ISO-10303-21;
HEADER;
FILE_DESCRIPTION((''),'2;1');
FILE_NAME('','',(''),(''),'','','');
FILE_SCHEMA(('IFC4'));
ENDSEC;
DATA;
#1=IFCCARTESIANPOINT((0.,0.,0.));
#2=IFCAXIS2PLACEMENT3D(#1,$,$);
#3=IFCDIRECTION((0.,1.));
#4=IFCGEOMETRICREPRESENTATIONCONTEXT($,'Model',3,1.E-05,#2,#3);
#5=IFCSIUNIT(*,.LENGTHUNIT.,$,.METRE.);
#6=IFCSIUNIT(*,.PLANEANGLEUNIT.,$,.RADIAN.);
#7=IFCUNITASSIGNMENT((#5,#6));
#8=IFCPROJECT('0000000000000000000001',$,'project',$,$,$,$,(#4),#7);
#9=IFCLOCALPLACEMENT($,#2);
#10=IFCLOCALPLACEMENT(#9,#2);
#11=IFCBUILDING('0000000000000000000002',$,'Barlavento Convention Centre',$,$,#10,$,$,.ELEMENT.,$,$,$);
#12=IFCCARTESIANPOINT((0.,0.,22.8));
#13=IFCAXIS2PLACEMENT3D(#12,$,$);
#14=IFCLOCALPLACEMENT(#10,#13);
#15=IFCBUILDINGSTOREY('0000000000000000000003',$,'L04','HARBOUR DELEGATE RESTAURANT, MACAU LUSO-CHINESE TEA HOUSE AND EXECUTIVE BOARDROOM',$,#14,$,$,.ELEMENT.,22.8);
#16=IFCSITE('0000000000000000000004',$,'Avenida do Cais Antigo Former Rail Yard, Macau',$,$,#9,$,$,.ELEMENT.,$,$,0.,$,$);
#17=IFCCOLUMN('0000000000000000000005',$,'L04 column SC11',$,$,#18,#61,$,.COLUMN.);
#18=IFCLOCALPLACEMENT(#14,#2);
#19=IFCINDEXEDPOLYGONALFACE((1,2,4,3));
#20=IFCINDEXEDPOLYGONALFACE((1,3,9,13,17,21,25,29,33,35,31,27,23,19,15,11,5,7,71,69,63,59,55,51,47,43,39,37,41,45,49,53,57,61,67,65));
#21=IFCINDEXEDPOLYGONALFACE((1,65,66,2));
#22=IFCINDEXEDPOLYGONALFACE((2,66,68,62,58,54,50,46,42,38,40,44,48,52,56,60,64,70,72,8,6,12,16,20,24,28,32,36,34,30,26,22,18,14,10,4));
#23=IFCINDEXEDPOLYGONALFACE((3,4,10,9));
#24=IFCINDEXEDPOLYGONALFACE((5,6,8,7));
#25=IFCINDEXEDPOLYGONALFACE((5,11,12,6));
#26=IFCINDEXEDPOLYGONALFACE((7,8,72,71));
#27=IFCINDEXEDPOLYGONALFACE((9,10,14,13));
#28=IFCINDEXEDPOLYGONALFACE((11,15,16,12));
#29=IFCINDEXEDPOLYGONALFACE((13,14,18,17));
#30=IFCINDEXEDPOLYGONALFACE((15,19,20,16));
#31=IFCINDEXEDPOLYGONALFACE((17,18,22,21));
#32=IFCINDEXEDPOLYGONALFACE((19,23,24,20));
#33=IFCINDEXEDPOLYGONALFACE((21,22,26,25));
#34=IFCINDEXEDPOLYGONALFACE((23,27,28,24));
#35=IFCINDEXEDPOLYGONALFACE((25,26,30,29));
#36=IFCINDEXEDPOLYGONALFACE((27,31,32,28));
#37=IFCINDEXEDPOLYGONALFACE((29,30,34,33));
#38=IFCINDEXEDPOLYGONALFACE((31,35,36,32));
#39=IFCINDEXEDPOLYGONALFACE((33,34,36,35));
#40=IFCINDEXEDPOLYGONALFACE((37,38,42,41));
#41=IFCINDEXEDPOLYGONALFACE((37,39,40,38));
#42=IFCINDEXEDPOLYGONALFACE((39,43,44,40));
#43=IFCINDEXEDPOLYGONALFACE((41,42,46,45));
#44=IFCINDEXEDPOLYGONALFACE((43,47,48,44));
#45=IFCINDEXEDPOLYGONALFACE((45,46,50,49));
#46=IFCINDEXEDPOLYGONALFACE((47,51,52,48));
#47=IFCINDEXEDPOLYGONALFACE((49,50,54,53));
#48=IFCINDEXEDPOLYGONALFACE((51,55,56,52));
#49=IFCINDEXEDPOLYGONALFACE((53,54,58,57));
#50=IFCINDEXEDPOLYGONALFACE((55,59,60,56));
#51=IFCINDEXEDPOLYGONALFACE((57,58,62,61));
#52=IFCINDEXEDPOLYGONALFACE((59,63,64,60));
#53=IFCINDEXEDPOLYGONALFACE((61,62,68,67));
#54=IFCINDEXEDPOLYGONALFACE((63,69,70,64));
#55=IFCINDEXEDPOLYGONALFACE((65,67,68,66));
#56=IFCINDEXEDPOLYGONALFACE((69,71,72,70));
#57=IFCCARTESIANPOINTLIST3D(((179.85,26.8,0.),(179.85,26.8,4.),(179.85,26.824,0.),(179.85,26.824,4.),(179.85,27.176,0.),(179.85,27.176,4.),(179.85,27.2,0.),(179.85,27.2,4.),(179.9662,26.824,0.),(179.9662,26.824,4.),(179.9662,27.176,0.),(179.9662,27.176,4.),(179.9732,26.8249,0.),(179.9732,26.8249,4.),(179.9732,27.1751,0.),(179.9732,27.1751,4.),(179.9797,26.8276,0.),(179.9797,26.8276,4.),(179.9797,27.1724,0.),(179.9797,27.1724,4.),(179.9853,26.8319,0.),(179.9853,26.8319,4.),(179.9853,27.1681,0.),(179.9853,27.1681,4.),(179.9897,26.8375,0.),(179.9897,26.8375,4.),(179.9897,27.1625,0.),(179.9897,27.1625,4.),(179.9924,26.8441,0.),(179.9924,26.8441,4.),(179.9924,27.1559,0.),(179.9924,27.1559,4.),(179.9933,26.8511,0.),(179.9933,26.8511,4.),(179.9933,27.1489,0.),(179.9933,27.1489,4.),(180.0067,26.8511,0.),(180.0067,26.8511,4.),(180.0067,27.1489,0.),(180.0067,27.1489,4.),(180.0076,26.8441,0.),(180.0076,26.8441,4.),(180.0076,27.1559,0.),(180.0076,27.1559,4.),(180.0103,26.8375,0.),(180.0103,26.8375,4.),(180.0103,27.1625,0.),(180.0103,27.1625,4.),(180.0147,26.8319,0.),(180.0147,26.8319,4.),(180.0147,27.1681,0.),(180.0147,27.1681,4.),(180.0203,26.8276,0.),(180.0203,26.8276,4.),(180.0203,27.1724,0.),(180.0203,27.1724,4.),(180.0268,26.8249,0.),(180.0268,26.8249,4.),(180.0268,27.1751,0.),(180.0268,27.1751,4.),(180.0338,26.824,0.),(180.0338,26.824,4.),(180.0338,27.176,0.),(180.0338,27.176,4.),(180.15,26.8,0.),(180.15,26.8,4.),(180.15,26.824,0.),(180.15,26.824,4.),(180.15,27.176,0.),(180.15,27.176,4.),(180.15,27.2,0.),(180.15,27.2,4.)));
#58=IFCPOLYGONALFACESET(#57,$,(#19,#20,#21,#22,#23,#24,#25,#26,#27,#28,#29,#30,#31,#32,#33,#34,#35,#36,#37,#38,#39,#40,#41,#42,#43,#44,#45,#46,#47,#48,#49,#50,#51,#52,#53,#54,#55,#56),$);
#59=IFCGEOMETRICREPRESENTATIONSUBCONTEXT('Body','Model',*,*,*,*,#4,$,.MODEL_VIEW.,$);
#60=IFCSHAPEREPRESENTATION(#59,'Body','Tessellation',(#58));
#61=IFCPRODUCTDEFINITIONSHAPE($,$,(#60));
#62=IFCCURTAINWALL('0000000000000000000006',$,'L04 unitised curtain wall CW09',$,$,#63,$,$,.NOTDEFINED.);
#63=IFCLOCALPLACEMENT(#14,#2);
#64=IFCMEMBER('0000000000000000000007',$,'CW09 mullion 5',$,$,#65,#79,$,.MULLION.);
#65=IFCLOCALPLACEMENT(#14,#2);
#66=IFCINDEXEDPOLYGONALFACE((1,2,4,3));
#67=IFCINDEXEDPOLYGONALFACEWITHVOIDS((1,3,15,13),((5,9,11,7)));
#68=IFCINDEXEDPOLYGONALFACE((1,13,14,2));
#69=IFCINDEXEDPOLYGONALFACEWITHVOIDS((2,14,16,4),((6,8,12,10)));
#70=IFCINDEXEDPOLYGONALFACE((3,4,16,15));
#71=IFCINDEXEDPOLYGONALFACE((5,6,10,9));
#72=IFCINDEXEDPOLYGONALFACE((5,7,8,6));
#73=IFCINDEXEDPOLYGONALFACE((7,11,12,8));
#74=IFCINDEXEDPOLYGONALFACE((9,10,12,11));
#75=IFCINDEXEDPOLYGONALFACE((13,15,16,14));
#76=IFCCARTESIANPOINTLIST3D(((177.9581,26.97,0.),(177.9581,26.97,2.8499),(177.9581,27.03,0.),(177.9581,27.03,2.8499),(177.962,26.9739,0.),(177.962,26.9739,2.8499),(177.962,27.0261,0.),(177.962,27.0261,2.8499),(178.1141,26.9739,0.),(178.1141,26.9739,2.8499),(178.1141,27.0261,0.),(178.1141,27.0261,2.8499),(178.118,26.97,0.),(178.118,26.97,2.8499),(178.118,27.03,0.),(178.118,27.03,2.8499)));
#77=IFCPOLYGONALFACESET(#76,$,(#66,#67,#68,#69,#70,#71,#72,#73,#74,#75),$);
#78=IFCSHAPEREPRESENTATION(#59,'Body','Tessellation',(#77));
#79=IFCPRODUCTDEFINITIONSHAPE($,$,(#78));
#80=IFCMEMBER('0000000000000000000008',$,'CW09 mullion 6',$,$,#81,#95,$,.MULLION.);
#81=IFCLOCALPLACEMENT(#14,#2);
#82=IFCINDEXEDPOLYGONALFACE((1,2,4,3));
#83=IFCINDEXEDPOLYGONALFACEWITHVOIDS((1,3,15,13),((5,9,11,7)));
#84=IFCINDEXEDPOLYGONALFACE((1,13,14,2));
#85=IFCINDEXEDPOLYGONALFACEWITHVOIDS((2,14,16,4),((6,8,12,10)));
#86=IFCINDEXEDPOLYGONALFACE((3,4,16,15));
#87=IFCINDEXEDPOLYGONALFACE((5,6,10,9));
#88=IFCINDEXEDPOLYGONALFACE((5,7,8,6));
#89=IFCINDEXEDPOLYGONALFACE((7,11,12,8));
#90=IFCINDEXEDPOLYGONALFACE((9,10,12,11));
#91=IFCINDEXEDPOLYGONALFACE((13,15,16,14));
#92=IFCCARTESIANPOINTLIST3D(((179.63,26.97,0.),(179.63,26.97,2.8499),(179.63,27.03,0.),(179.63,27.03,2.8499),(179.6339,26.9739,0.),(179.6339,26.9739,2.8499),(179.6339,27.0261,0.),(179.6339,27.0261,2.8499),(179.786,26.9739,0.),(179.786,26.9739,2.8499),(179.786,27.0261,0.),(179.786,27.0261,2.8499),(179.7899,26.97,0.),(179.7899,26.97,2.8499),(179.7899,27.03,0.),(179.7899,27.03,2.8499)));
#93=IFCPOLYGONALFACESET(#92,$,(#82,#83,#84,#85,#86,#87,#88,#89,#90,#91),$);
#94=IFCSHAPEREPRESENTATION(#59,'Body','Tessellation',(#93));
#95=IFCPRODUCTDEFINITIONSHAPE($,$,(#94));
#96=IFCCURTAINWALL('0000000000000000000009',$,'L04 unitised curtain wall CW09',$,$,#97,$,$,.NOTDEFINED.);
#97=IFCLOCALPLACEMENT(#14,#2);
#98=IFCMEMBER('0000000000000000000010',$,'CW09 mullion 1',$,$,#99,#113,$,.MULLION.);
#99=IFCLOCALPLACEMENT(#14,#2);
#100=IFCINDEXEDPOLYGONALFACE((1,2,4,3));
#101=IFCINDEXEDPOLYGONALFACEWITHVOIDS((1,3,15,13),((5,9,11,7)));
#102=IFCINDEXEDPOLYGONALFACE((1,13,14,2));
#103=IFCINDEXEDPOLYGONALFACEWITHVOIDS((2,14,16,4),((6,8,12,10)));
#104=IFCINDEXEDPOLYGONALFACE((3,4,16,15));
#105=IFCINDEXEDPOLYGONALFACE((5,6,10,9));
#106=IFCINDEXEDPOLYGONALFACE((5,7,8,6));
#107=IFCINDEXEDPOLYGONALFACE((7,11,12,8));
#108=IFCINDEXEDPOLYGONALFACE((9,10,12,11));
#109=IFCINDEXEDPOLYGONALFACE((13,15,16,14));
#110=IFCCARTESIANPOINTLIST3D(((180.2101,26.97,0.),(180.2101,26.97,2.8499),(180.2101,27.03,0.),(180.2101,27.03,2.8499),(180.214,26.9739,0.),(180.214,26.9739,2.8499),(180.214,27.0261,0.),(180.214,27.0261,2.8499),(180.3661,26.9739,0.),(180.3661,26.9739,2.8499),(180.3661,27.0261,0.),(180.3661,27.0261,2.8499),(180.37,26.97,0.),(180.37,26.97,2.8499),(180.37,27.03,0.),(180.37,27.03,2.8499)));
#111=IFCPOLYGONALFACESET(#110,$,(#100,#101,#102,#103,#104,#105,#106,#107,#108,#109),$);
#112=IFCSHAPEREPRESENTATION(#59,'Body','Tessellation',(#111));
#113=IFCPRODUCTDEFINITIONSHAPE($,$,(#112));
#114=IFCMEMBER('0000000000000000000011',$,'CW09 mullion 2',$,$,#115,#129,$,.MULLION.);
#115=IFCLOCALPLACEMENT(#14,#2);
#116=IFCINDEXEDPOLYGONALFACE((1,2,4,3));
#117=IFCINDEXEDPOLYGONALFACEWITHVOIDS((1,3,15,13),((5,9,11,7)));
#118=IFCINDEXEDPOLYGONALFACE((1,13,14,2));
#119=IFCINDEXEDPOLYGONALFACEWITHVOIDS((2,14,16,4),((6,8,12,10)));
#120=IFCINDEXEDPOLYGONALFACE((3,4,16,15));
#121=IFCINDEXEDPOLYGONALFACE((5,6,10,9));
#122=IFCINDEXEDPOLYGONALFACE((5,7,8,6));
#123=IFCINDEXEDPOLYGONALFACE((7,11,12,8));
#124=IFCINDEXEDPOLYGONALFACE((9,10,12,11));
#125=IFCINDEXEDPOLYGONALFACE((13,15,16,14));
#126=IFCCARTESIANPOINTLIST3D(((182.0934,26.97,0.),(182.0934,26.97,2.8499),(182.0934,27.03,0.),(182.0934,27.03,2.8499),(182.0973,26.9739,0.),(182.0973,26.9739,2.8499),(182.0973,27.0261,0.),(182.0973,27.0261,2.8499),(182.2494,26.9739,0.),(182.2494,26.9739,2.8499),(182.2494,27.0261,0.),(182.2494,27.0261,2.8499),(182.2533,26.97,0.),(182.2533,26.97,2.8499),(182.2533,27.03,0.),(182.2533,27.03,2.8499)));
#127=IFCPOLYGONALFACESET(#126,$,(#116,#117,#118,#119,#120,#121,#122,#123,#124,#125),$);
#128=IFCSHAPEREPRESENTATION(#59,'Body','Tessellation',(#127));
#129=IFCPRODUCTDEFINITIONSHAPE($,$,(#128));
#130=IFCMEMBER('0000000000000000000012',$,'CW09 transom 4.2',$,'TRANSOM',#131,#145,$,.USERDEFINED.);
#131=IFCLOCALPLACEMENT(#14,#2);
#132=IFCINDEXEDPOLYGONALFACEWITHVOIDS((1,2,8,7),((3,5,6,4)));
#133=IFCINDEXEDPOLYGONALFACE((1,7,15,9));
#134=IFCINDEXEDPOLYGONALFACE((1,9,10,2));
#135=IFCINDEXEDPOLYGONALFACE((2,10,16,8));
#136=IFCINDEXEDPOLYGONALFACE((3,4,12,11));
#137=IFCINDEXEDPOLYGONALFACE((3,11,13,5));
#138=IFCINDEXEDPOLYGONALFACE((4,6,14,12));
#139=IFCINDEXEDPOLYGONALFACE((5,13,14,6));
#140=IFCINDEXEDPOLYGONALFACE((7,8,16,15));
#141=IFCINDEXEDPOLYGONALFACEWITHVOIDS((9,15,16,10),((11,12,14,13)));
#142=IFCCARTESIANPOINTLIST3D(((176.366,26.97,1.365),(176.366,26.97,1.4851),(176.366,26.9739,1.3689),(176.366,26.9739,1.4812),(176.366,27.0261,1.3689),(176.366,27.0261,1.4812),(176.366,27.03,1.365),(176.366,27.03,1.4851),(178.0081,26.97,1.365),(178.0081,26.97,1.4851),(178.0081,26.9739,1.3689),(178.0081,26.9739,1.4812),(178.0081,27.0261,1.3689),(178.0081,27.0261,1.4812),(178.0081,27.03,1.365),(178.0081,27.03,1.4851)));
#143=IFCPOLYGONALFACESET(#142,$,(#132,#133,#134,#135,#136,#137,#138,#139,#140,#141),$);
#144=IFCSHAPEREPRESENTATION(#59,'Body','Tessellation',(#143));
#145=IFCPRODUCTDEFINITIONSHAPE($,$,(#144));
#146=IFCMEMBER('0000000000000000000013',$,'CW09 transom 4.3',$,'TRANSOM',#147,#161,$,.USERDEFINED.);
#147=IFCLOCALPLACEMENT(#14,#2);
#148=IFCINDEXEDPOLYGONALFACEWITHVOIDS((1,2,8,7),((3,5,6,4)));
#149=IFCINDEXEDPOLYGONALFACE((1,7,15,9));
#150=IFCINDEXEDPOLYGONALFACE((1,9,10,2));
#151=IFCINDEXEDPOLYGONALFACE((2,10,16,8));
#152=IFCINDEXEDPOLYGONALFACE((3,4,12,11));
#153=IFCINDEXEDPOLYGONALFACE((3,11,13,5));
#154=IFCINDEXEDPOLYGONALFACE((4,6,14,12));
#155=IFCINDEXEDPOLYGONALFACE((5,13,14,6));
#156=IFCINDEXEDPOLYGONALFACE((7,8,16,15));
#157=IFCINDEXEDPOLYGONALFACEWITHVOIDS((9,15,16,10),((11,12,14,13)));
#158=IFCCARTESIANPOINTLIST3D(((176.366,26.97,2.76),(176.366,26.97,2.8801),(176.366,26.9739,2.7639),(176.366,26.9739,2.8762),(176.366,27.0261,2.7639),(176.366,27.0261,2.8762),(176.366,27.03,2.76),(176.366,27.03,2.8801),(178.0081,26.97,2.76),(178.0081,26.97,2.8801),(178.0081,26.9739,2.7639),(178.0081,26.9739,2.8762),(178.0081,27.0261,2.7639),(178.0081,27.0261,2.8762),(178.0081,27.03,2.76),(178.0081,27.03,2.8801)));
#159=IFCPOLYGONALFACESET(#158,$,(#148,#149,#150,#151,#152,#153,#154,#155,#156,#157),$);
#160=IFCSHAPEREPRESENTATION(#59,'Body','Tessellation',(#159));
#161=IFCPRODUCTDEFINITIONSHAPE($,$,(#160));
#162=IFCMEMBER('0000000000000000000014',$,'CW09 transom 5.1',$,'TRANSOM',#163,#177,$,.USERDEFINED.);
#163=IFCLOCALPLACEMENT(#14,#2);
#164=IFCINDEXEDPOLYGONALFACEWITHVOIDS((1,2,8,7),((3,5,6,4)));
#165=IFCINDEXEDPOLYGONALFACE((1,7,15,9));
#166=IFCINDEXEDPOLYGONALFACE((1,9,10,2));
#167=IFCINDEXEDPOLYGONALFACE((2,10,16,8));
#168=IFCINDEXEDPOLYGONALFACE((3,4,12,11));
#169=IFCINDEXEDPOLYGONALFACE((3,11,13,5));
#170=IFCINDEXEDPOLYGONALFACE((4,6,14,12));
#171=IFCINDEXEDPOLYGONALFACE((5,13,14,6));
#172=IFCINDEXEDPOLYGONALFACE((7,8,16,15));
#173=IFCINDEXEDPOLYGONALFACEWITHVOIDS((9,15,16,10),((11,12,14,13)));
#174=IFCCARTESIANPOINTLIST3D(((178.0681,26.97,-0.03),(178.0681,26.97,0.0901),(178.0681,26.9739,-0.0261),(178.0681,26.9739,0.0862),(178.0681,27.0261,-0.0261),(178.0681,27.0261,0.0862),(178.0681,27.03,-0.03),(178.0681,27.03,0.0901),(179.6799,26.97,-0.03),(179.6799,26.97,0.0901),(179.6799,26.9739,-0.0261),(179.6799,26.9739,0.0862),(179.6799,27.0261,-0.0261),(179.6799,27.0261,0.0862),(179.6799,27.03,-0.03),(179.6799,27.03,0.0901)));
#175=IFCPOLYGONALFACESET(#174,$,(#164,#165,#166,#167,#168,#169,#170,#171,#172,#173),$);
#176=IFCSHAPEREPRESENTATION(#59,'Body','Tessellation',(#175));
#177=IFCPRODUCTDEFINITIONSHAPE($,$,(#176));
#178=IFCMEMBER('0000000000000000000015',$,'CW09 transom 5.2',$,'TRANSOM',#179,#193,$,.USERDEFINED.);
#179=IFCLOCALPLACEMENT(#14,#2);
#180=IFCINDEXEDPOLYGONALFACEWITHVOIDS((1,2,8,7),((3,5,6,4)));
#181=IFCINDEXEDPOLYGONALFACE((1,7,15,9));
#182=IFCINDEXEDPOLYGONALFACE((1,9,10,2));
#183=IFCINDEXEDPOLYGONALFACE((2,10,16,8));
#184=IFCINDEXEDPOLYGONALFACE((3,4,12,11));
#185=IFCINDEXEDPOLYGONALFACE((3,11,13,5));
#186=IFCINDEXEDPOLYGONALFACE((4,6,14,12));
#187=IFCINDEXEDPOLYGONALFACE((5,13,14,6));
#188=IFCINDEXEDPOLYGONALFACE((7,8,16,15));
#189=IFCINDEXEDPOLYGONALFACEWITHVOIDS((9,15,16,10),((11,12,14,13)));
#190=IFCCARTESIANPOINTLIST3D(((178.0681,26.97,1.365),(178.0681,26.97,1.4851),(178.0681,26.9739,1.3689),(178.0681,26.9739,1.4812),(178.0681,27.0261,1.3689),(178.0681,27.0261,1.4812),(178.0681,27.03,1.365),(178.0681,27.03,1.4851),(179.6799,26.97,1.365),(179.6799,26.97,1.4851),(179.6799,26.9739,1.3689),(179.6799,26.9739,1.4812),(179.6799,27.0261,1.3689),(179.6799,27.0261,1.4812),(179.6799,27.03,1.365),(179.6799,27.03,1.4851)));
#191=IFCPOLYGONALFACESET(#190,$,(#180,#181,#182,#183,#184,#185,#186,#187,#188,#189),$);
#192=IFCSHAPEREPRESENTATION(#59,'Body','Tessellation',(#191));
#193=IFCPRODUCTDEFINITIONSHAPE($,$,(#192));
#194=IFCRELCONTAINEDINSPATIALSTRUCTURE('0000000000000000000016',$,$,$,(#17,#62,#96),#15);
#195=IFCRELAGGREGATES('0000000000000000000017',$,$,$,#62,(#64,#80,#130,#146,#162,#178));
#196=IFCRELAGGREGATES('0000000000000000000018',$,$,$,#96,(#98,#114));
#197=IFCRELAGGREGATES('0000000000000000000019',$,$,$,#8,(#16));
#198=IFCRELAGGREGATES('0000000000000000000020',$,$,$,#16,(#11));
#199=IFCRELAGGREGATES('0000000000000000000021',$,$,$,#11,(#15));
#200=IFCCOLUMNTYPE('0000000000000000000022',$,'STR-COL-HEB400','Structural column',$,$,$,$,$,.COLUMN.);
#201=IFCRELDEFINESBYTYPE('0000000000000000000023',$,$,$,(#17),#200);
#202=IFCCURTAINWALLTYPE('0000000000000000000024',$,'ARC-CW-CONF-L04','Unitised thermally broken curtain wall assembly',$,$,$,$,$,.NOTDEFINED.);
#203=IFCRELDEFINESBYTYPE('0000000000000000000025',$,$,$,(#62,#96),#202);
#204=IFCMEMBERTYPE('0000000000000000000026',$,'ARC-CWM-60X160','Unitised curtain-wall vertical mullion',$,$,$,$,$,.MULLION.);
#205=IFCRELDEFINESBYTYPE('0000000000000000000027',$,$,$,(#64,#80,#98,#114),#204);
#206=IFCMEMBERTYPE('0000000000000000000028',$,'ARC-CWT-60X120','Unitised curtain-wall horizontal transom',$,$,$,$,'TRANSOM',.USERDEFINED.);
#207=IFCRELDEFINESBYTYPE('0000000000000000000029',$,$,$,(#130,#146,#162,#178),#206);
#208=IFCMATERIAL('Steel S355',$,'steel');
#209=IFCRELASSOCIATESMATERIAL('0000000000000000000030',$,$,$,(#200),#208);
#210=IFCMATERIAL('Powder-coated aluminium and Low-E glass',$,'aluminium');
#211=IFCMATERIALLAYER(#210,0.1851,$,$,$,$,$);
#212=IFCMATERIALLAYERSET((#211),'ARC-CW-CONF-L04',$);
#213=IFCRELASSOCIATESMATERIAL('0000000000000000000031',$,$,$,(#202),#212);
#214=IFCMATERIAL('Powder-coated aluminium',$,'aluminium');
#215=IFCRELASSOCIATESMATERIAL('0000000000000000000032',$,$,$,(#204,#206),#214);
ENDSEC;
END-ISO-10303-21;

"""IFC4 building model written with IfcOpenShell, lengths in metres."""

from ifc_helpers import new_model, si_unit, direction, frame, origin, origin_2d, place, context, subcontext, project, spatial, hollow_rectangle, i_section, extrude, material, layer, layer_set, material_profile, profile_set, type_object, element, aggregate, save


model = new_model("IFC4")

# Units and contexts
model_context = context("Model", 3, precision=1e-05, world=origin(), true_north=direction((0.0, 1.0)))
body_context = subcontext(model_context, "Body", "Model", "MODEL_VIEW")
ifc_project = project(units=[si_unit("LENGTHUNIT", "METRE"), si_unit("PLANEANGLEUNIT", "RADIAN")], contexts=[model_context])

# Site, building, storey
site_placement = place(None, origin())
site = spatial("IfcSite", under=ifc_project, at=site_placement, Name="Avenida do Cais Antigo Former Rail Yard, Macau", CompositionType="ELEMENT", RefElevation=0.0)
building_placement = place(site_placement, origin())
building = spatial("IfcBuilding", under=site, at=building_placement, Name="Barlavento Convention Centre", CompositionType="ELEMENT")
storey_placement = place(building_placement, frame((0.0, 0.0, 22.8)))
storey = spatial("IfcBuildingStorey", under=building, at=storey_placement, Name="L04", Description="HARBOUR DELEGATE RESTAURANT, MACAU LUSO-CHINESE TEA HOUSE AND EXECUTIVE BOARDROOM", CompositionType="ELEMENT", Elevation=22.8)

# Column
ifc_material_1 = material(Name="Steel S355", Category="steel")
ifc_material_profile_1 = material_profile(ifc_material_1, i_section(OverallWidth=0.3, OverallDepth=0.3999, WebThickness=0.0134, FlangeThickness=0.0239, FilletRadius=0.0271, at=origin_2d()), Name="HEB 400")
ifc_profile_set_1 = profile_set([ifc_material_profile_1], Name="Steel S355")
column_type = type_object("IfcColumnType", Name="STR-COL-HEB400", Description="Structural column", PredefinedType="COLUMN", material=ifc_profile_set_1)
column_placement = place(storey_placement, frame((180.0, 27.0, 0.0), z_axis=(0.0, 0.0, 1.0), x_axis=(1.0, 0.0, 0.0)))
element("IfcColumn", 1, at=column_placement, inside=storey, type_object=column_type, Name="L04 column SC11", PredefinedType="COLUMN", context=body_context, shape_type="SweptSolid", body=[
    extrude(i_section(OverallWidth=0.3, OverallDepth=0.3999, WebThickness=0.0134, FlangeThickness=0.0239, FilletRadius=0.0271, at=origin_2d()), origin(), (0.0, 0.0, 1.0), 4.0),
])

# Curtain walls, members
ifc_material_2 = material(Name="Powder-coated aluminium and Low-E glass", Category="aluminium")
ifc_layer_1 = layer(ifc_material_2, 0.1851)
ifc_layer_set_1 = layer_set([ifc_layer_1], Name="ARC-CW-CONF-L04")
curtain_wall_type = type_object("IfcCurtainWallType", Name="ARC-CW-CONF-L04", Description="Unitised thermally broken curtain wall assembly", PredefinedType="NOTDEFINED", material=ifc_layer_set_1)
curtain_wall_1_placement = place(storey_placement, origin())
curtain_wall_1 = element("IfcCurtainWall", 2, at=curtain_wall_1_placement, inside=storey, type_object=curtain_wall_type, Name="L04 unitised curtain wall CW09", PredefinedType="NOTDEFINED")
ifc_material_3 = material(Name="Powder-coated aluminium", Category="aluminium")
ifc_material_profile_2 = material_profile(ifc_material_3, hollow_rectangle(XDim=0.0601, YDim=0.1599, WallThickness=0.0039, at=origin_2d()), Name="AL-MULL 60x160x4")
ifc_profile_set_2 = profile_set([ifc_material_profile_2], Name="Powder-coated aluminium")
member_type_1 = type_object("IfcMemberType", Name="ARC-CWM-60X160", Description="Unitised curtain-wall vertical mullion", PredefinedType="MULLION", material=ifc_profile_set_2)
member_1_placement = place(storey_placement, frame((178.0381, 27.0, 0.0), z_axis=(0.0, 0.0, 1.0), x_axis=(0.0, 1.0, 0.0)))
member_1 = element("IfcMember", 3, at=member_1_placement, type_object=member_type_1, Name="CW09 mullion 5", PredefinedType="MULLION", context=body_context, shape_type="SweptSolid", body=[
    extrude(hollow_rectangle(XDim=0.0601, YDim=0.1599, WallThickness=0.0039, at=origin_2d()), origin(), (0.0, 0.0, 1.0), 2.8499),
])
member_2_placement = place(storey_placement, frame((179.71, 27.0, 0.0), z_axis=(0.0, 0.0, 1.0), x_axis=(0.0, 1.0, 0.0)))
member_2 = element("IfcMember", 4, at=member_2_placement, type_object=member_type_1, Name="CW09 mullion 6", PredefinedType="MULLION", context=body_context, shape_type="SweptSolid", body=[
    extrude(hollow_rectangle(XDim=0.0601, YDim=0.1599, WallThickness=0.0039, at=origin_2d()), origin(), (0.0, 0.0, 1.0), 2.8499),
])
curtain_wall_2_placement = place(storey_placement, origin())
curtain_wall_2 = element("IfcCurtainWall", 5, at=curtain_wall_2_placement, inside=storey, type_object=curtain_wall_type, Name="L04 unitised curtain wall CW09", PredefinedType="NOTDEFINED")
member_3_placement = place(storey_placement, frame((180.29, 27.0, 0.0), z_axis=(0.0, 0.0, 1.0), x_axis=(0.0, 1.0, 0.0)))
member_3 = element("IfcMember", 6, at=member_3_placement, type_object=member_type_1, Name="CW09 mullion 1", PredefinedType="MULLION", context=body_context, shape_type="SweptSolid", body=[
    extrude(hollow_rectangle(XDim=0.0601, YDim=0.1599, WallThickness=0.0039, at=origin_2d()), origin(), (0.0, 0.0, 1.0), 2.8499),
])
member_4_placement = place(storey_placement, frame((182.1733, 27.0, 0.0), z_axis=(0.0, 0.0, 1.0), x_axis=(0.0, 1.0, 0.0)))
member_4 = element("IfcMember", 7, at=member_4_placement, type_object=member_type_1, Name="CW09 mullion 2", PredefinedType="MULLION", context=body_context, shape_type="SweptSolid", body=[
    extrude(hollow_rectangle(XDim=0.0601, YDim=0.1599, WallThickness=0.0039, at=origin_2d()), origin(), (0.0, 0.0, 1.0), 2.8499),
])

# Members
ifc_material_profile_3 = material_profile(ifc_material_3, hollow_rectangle(XDim=0.0601, YDim=0.1201, WallThickness=0.0039, at=origin_2d()), Name="AL-TRAN 60x120x4")
ifc_profile_set_3 = profile_set([ifc_material_profile_3], Name="Powder-coated aluminium")
member_type_2 = type_object("IfcMemberType", Name="ARC-CWT-60X120", Description="Unitised curtain-wall horizontal transom", ElementType="TRANSOM", PredefinedType="USERDEFINED", material=ifc_profile_set_3)
member_5_placement = place(storey_placement, frame((176.366, 27.0, 1.425), z_axis=(1.0, 0.0, 0.0), x_axis=(0.0, 1.0, 0.0)))
member_5 = element("IfcMember", 8, at=member_5_placement, type_object=member_type_2, Name="CW09 transom 4.2", ObjectType="TRANSOM", PredefinedType="USERDEFINED", context=body_context, shape_type="SweptSolid", body=[
    extrude(hollow_rectangle(XDim=0.0601, YDim=0.1201, WallThickness=0.0039, at=origin_2d()), origin(), (0.0, 0.0, 1.0), 1.6421),
])
member_6_placement = place(storey_placement, frame((176.366, 27.0, 2.8201), z_axis=(1.0, 0.0, 0.0), x_axis=(0.0, 1.0, 0.0)))
member_6 = element("IfcMember", 9, at=member_6_placement, type_object=member_type_2, Name="CW09 transom 4.3", ObjectType="TRANSOM", PredefinedType="USERDEFINED", context=body_context, shape_type="SweptSolid", body=[
    extrude(hollow_rectangle(XDim=0.0601, YDim=0.1201, WallThickness=0.0039, at=origin_2d()), origin(), (0.0, 0.0, 1.0), 1.6421),
])
member_7_placement = place(storey_placement, frame((178.0681, 27.0, 0.03), z_axis=(1.0, 0.0, 0.0), x_axis=(0.0, 1.0, 0.0)))
member_7 = element("IfcMember", 10, at=member_7_placement, type_object=member_type_2, Name="CW09 transom 5.1", ObjectType="TRANSOM", PredefinedType="USERDEFINED", context=body_context, shape_type="SweptSolid", body=[
    extrude(hollow_rectangle(XDim=0.0601, YDim=0.1201, WallThickness=0.0039, at=origin_2d()), origin(), (0.0, 0.0, 1.0), 1.6118),
])
member_8_placement = place(storey_placement, frame((178.0681, 27.0, 1.425), z_axis=(1.0, 0.0, 0.0), x_axis=(0.0, 1.0, 0.0)))
member_8 = element("IfcMember", 11, at=member_8_placement, type_object=member_type_2, Name="CW09 transom 5.2", ObjectType="TRANSOM", PredefinedType="USERDEFINED", context=body_context, shape_type="SweptSolid", body=[
    extrude(hollow_rectangle(XDim=0.0601, YDim=0.1201, WallThickness=0.0039, at=origin_2d()), origin(), (0.0, 0.0, 1.0), 1.6118),
])

aggregate(curtain_wall_1, [member_1, member_2, member_5, member_6, member_7, member_8])
aggregate(curtain_wall_2, [member_3, member_4])

save(model, "model.ifc")
